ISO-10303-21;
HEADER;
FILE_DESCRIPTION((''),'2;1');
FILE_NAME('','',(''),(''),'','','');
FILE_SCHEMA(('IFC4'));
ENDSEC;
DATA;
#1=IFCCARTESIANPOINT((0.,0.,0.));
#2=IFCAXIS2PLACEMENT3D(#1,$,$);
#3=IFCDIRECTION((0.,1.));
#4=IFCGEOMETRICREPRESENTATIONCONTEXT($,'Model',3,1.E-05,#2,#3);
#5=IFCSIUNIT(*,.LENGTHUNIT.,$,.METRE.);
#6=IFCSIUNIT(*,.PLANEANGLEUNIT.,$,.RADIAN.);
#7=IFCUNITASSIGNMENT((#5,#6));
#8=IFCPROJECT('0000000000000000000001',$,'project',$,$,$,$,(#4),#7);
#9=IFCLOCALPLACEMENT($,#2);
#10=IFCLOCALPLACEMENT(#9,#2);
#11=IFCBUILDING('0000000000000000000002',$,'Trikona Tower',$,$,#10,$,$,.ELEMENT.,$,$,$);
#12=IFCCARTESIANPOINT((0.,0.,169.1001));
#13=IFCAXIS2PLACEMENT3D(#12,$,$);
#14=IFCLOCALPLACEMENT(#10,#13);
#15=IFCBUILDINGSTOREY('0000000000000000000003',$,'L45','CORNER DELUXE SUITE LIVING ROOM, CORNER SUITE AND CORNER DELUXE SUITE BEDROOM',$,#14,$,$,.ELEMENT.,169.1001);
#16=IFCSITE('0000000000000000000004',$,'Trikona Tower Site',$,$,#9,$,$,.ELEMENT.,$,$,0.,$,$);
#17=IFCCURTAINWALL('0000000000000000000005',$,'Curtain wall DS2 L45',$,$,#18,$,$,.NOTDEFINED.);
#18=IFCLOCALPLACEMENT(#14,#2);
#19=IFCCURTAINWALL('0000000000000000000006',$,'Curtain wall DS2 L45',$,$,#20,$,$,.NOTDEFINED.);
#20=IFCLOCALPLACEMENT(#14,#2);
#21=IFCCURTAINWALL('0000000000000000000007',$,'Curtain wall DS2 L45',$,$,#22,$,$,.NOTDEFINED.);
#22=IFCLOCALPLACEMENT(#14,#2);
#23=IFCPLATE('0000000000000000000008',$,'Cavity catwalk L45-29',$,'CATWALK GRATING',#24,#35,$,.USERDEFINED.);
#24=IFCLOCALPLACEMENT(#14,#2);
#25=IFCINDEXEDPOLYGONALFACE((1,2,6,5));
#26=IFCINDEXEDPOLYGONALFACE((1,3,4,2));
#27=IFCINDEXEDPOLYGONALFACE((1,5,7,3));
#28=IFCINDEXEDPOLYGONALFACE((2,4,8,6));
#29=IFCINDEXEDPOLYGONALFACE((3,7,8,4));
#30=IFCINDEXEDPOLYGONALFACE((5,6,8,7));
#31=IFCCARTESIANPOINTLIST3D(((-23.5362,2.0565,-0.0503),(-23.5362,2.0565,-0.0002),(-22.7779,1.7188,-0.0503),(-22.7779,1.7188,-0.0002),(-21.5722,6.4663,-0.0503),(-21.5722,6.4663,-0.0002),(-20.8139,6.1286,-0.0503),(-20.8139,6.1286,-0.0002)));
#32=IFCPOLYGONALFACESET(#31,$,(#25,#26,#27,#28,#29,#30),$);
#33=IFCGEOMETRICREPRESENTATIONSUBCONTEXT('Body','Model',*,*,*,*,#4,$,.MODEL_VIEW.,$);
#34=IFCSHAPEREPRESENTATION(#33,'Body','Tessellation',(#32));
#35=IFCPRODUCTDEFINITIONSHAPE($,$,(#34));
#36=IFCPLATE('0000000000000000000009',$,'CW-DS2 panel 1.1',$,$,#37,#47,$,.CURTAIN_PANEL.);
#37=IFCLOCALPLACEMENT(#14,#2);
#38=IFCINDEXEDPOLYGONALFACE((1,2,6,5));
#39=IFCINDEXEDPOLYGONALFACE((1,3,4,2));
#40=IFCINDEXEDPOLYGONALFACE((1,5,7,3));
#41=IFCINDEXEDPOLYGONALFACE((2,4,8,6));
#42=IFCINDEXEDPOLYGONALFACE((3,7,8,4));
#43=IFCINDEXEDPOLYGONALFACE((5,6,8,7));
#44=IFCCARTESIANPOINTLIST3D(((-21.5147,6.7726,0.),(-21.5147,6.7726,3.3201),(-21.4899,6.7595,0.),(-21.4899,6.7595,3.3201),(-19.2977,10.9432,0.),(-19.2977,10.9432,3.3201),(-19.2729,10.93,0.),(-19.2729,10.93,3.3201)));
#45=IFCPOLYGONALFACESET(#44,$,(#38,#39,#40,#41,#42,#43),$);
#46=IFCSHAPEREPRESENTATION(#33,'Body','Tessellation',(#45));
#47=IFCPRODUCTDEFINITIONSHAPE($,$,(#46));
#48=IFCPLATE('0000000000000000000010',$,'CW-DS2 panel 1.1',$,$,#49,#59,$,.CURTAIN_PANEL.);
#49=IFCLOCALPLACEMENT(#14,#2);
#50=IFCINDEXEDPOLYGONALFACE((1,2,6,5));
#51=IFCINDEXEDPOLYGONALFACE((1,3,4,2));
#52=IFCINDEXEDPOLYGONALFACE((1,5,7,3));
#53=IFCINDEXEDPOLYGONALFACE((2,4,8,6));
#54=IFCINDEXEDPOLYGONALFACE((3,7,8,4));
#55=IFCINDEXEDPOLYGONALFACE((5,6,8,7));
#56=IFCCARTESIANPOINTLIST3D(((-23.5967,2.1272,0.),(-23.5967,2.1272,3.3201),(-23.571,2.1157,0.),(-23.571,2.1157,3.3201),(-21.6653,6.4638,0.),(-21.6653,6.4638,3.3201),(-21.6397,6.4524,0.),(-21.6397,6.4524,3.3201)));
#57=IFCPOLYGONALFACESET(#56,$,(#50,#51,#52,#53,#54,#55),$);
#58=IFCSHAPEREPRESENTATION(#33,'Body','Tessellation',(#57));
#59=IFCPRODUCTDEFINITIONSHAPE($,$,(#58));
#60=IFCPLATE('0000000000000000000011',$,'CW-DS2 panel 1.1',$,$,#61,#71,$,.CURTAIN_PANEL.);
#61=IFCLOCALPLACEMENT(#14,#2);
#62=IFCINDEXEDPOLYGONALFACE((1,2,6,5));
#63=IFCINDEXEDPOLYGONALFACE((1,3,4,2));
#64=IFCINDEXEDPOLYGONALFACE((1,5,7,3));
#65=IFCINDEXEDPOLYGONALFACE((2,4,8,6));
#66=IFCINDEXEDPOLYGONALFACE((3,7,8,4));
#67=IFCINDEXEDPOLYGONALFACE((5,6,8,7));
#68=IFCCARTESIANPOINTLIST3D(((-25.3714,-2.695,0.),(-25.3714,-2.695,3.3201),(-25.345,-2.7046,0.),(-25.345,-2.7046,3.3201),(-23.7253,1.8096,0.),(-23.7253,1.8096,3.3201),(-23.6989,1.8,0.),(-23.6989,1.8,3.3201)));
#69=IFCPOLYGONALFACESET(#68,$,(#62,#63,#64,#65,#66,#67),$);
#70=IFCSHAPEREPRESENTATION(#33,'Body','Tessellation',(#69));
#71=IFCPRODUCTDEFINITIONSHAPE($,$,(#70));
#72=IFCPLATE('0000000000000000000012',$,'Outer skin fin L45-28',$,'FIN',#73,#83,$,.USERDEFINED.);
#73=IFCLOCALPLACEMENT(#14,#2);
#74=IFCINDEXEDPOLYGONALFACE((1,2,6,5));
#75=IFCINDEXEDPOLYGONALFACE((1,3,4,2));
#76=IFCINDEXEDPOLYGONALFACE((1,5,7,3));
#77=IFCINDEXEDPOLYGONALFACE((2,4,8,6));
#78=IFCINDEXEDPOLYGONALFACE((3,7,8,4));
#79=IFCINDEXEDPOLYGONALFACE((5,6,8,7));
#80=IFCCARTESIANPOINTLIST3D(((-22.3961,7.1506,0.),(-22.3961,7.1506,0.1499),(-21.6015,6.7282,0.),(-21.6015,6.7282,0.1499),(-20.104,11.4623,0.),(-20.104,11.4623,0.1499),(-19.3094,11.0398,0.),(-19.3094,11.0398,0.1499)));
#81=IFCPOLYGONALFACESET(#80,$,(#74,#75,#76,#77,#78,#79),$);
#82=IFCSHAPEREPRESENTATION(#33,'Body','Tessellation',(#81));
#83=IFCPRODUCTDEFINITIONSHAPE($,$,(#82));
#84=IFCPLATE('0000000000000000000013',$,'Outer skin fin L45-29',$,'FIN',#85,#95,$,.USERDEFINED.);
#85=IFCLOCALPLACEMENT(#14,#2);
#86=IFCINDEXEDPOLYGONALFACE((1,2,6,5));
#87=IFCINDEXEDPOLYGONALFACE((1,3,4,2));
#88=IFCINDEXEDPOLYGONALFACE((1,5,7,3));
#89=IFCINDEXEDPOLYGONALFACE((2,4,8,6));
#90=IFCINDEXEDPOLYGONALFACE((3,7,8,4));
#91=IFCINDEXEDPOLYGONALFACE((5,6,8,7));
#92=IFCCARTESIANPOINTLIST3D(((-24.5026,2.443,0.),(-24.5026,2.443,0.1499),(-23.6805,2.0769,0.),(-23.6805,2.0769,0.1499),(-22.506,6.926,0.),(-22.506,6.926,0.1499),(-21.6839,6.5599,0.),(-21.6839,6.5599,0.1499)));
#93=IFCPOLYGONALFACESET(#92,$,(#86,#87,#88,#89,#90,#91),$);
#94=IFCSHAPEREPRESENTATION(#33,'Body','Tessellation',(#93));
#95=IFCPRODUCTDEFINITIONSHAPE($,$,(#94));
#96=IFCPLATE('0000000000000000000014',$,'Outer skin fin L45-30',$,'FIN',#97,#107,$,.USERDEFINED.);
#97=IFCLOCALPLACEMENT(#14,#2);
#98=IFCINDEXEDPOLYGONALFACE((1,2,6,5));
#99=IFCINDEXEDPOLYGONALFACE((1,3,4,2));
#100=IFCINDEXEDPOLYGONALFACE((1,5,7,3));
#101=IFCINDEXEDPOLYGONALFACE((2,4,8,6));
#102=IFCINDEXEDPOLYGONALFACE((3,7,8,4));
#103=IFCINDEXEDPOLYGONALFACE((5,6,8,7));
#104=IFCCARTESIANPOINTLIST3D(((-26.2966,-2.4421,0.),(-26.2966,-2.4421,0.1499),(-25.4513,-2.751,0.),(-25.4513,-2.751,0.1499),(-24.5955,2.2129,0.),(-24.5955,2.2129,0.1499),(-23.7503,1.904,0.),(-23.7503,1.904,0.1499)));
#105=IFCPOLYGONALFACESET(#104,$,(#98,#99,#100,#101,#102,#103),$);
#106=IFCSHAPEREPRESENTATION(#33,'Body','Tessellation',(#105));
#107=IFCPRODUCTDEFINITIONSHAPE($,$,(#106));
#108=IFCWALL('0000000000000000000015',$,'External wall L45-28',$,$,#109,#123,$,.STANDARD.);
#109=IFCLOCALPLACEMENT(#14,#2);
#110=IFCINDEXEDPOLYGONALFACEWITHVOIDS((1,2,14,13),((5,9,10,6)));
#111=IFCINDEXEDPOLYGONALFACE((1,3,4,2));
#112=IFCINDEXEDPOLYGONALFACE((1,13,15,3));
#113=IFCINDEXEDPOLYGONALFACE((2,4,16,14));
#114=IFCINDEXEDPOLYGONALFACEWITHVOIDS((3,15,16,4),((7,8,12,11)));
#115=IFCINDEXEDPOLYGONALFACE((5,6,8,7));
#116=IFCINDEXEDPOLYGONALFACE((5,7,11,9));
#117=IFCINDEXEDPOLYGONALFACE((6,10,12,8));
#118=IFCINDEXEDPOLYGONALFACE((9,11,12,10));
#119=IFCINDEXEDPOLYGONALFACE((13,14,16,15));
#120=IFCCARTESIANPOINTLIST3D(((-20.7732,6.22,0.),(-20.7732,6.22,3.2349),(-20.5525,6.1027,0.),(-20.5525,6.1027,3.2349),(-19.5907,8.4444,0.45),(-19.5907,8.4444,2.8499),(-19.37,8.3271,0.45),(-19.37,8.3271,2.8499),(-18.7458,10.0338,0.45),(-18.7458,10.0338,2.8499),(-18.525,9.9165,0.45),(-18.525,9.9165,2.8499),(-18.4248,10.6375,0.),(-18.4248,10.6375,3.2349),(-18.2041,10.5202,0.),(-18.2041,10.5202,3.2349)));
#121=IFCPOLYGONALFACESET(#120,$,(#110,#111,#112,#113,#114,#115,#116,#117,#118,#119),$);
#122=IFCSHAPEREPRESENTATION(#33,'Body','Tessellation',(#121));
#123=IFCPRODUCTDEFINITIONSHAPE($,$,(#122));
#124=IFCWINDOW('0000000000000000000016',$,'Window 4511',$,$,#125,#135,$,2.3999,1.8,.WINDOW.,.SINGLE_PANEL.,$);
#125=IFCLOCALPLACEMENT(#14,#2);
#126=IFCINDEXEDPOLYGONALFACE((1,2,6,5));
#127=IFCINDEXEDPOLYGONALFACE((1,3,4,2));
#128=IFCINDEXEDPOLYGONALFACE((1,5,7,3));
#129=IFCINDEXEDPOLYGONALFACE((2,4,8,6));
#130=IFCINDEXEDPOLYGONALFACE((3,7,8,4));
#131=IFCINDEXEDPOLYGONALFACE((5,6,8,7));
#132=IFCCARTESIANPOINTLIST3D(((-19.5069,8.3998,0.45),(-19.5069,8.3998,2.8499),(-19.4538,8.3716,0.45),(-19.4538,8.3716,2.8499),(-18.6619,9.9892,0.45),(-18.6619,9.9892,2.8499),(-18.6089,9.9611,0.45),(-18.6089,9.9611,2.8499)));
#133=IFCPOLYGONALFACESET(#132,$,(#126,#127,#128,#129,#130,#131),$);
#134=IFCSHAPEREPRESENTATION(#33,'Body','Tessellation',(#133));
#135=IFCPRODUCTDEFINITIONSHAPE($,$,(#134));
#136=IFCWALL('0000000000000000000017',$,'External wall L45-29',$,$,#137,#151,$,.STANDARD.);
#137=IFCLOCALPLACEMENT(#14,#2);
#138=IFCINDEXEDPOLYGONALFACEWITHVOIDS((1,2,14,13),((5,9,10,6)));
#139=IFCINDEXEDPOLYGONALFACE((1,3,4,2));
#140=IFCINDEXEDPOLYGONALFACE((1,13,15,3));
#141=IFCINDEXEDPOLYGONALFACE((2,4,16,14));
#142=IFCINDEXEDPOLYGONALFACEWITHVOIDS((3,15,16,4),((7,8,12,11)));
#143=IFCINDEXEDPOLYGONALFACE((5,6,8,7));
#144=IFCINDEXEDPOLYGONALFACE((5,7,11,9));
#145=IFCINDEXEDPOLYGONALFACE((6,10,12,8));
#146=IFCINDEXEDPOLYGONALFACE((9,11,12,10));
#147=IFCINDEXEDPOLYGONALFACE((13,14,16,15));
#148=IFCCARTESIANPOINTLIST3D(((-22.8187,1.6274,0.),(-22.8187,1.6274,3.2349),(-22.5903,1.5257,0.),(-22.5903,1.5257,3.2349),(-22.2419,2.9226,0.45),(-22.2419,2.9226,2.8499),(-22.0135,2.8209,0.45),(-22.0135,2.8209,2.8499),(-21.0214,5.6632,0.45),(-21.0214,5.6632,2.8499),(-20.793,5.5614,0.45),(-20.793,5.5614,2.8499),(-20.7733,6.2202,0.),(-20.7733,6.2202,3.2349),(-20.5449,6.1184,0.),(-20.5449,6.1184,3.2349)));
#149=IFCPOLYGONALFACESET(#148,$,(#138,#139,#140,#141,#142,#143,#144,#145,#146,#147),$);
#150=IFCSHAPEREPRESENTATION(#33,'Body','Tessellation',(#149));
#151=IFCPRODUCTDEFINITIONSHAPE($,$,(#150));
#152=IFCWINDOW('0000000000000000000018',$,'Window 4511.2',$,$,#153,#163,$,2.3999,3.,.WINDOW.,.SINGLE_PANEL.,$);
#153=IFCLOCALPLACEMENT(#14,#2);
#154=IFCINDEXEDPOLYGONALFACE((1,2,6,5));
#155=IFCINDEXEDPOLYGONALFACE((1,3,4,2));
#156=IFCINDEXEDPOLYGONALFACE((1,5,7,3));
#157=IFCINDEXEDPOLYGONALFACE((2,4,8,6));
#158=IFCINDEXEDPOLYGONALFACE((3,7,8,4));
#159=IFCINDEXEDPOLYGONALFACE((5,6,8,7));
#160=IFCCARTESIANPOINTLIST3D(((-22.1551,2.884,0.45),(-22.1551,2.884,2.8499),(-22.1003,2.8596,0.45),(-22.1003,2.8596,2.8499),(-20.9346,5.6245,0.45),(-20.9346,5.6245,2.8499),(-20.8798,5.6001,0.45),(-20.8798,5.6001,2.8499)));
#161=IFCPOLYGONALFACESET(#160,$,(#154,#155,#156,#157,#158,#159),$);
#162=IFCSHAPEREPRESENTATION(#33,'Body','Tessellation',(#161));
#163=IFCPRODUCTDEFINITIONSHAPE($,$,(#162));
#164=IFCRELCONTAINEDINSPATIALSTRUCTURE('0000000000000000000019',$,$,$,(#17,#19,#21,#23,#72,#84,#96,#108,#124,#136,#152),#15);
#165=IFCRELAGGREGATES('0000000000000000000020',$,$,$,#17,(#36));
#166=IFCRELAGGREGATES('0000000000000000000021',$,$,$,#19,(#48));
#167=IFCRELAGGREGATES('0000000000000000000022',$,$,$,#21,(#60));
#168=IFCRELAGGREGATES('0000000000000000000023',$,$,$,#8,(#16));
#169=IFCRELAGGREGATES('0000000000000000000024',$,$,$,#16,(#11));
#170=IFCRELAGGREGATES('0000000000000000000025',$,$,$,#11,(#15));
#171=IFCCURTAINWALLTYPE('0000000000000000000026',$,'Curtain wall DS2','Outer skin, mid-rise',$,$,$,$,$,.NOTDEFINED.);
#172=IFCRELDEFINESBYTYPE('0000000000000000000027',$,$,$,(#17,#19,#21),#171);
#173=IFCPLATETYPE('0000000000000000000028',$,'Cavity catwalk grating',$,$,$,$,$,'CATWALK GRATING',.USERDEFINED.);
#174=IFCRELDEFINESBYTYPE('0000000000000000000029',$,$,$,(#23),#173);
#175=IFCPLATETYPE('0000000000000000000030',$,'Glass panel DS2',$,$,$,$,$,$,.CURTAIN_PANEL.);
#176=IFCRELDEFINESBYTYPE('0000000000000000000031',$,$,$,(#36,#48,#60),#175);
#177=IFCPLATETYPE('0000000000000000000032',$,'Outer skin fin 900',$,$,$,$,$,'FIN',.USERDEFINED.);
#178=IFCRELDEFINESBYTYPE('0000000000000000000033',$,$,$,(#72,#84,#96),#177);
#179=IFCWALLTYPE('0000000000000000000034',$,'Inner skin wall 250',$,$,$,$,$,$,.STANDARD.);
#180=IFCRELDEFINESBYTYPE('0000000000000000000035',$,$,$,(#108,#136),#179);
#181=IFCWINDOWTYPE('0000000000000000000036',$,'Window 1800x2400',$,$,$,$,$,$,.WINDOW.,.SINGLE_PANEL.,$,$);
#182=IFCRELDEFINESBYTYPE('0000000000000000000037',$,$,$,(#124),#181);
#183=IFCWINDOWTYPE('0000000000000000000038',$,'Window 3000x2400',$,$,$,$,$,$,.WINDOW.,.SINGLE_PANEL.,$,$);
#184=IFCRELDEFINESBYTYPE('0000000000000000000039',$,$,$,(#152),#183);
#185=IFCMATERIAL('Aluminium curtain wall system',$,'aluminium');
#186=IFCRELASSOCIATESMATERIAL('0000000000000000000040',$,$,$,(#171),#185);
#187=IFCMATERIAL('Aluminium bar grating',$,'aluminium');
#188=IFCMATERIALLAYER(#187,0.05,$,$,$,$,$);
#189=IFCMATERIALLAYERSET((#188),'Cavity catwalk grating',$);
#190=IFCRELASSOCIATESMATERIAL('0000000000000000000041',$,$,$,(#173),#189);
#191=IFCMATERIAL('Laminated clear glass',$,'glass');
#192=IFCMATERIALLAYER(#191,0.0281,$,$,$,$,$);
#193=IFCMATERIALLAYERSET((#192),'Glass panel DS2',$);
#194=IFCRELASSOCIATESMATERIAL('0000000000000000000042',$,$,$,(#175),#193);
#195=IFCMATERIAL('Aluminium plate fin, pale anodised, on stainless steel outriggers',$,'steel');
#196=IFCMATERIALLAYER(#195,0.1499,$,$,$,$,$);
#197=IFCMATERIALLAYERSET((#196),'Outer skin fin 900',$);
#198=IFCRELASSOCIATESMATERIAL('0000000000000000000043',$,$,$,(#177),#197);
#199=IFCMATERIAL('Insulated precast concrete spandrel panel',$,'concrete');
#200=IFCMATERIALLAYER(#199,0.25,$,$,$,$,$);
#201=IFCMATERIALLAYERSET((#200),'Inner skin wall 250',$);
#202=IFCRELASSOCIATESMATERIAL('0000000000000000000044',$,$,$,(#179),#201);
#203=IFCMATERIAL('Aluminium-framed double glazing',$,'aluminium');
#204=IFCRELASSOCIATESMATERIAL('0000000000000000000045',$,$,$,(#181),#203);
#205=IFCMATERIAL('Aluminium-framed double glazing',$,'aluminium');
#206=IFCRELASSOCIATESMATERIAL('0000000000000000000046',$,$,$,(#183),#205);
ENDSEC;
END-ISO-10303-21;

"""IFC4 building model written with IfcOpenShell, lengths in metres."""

from ifc_helpers import new_model, si_unit, direction, frame, frame_2d, origin, origin_2d, place, context, subcontext, project, spatial, rectangle, extrude, material, layer, layer_set, type_object, element, fill, aggregate, save


model = new_model("IFC4")

# Units and contexts
model_context = context("Model", 3, precision=1e-05, world=origin(), true_north=direction((0.0, 1.0)))
body_context = subcontext(model_context, "Body", "Model", "MODEL_VIEW")
ifc_project = project(units=[si_unit("LENGTHUNIT", "METRE"), si_unit("PLANEANGLEUNIT", "RADIAN")], contexts=[model_context])

# Site, building, storey
site_placement = place(None, origin())
site = spatial("IfcSite", under=ifc_project, at=site_placement, Name="Trikona Tower Site", CompositionType="ELEMENT", RefElevation=0.0)
building_placement = place(site_placement, origin())
building = spatial("IfcBuilding", under=site, at=building_placement, Name="Trikona Tower", CompositionType="ELEMENT")
storey_placement = place(building_placement, frame((0.0, 0.0, 169.1001)))
storey = spatial("IfcBuildingStorey", under=building, at=storey_placement, Name="L45", Description="CORNER DELUXE SUITE LIVING ROOM, CORNER SUITE AND CORNER DELUXE SUITE BEDROOM", CompositionType="ELEMENT", Elevation=169.1001)

# Shared definitions
ifc_material_1 = material(Name="Aluminium curtain wall system", Category="aluminium")
curtain_wall_type = type_object("IfcCurtainWallType", Name="Curtain wall DS2", Description="Outer skin, mid-rise", PredefinedType="NOTDEFINED", material=ifc_material_1)

# Curtain walls
curtain_wall_1_placement = place(storey_placement, origin())
curtain_wall_1 = element("IfcCurtainWall", 1, at=curtain_wall_1_placement, inside=storey, type_object=curtain_wall_type, Name="Curtain wall DS2 L45", PredefinedType="NOTDEFINED")
curtain_wall_2_placement = place(storey_placement, origin())
curtain_wall_2 = element("IfcCurtainWall", 2, at=curtain_wall_2_placement, inside=storey, type_object=curtain_wall_type, Name="Curtain wall DS2 L45", PredefinedType="NOTDEFINED")

# Curtain wall
curtain_wall_3_placement = place(storey_placement, origin())
curtain_wall_3 = element("IfcCurtainWall", 3, at=curtain_wall_3_placement, inside=storey, type_object=curtain_wall_type, Name="Curtain wall DS2 L45", PredefinedType="NOTDEFINED")

# Plate
ifc_material_2 = material(Name="Aluminium bar grating", Category="aluminium")
ifc_layer_1 = layer(ifc_material_2, 0.05)
ifc_layer_set_1 = layer_set([ifc_layer_1], Name="Cavity catwalk grating")
plate_type_1 = type_object("IfcPlateType", Name="Cavity catwalk grating", ElementType="CATWALK GRATING", PredefinedType="USERDEFINED", material=ifc_layer_set_1)
plate_1_placement = place(storey_placement, frame((-22.175, 4.0925, -0.0503), z_axis=(0.0, 0.0, 1.0), x_axis=(-0.406843, -0.913498, 0.0)))
element("IfcPlate", 4, at=plate_1_placement, inside=storey, type_object=plate_type_1, Name="Cavity catwalk L45-29", ObjectType="CATWALK GRATING", PredefinedType="USERDEFINED", context=body_context, shape_type="SweptSolid", body=[
    extrude(rectangle(XDim=4.8274, YDim=0.8301, at=origin_2d()), origin(), (0.0, 0.0, 1.0), 0.05),
])

# Plates
ifc_material_3 = material(Name="Laminated clear glass", Category="glass")
ifc_layer_2 = layer(ifc_material_3, 0.0281)
ifc_layer_set_2 = layer_set([ifc_layer_2], Name="Glass panel DS2")
plate_type_2 = type_object("IfcPlateType", Name="Glass panel DS2", PredefinedType="CURTAIN_PANEL", material=ifc_layer_set_2)
plate_2_placement = place(storey_placement, frame((-20.3938, 8.8513, 0.0), z_axis=(0.0, 0.0, 1.0), x_axis=(-0.46938, -0.882996, 0.0)))
plate_2 = element("IfcPlate", 5, at=plate_2_placement, type_object=plate_type_2, Name="CW-DS2 panel 1.1", PredefinedType="CURTAIN_PANEL", context=body_context, shape_type="SweptSolid", body=[
    extrude(rectangle(XDim=4.7231, YDim=0.0281, at=origin_2d()), origin(), (0.0, 0.0, 1.0), 3.3201),
])
aggregate(curtain_wall_1, [plate_2])
plate_3_placement = place(storey_placement, frame((-22.6182, 4.2898, 0.0), z_axis=(0.0, 0.0, 1.0), x_axis=(-0.406836, -0.913501, 0.0)))
plate_3 = element("IfcPlate", 6, at=plate_3_placement, type_object=plate_type_2, Name="CW-DS2 panel 1.1", PredefinedType="CURTAIN_PANEL", context=body_context, shape_type="SweptSolid", body=[
    extrude(rectangle(XDim=4.7473, YDim=0.0281, at=origin_2d()), origin(), (0.0, 0.0, 1.0), 3.3201),
])
aggregate(curtain_wall_2, [plate_3])
plate_4_placement = place(storey_placement, frame((-24.5352, -0.4475, 0.0), z_axis=(0.0, 0.0, 1.0), x_axis=(-0.343223, -0.939254, 0.0)))
plate_4 = element("IfcPlate", 7, at=plate_4_placement, type_object=plate_type_2, Name="CW-DS2 panel 1.1", PredefinedType="CURTAIN_PANEL", context=body_context, shape_type="SweptSolid", body=[
    extrude(rectangle(XDim=4.7959, YDim=0.0281, at=origin_2d()), origin(), (0.0, 0.0, 1.0), 3.3201),
])
aggregate(curtain_wall_3, [plate_4])

# Plates
ifc_material_4 = material(Name="Aluminium plate fin, pale anodised, on stainless steel outriggers", Category="steel")
ifc_layer_3 = layer(ifc_material_4, 0.1499)
ifc_layer_set_3 = layer_set([ifc_layer_3], Name="Outer skin fin 900")
plate_type_3 = type_object("IfcPlateType", Name="Outer skin fin 900", ElementType="FIN", PredefinedType="USERDEFINED", material=ifc_layer_set_3)
plate_5_placement = place(storey_placement, frame((-20.8528, 9.0952, 0.0), z_axis=(0.0, 0.0, 1.0), x_axis=(-0.469398, -0.882987, 0.0)))
element("IfcPlate", 8, at=plate_5_placement, inside=storey, type_object=plate_type_3, Name="Outer skin fin L45-28", ObjectType="FIN", PredefinedType="USERDEFINED", context=body_context, shape_type="SweptSolid", body=[
    extrude(rectangle(XDim=4.8831, YDim=0.8999, at=origin_2d()), origin(), (0.0, 0.0, 1.0), 0.1499),
])
plate_6_placement = place(storey_placement, frame((-23.0933, 4.5015, 0.0), z_axis=(0.0, 0.0, 1.0), x_axis=(-0.406843, -0.913498, 0.0)))
element("IfcPlate", 9, at=plate_6_placement, inside=storey, type_object=plate_type_3, Name="Outer skin fin L45-29", ObjectType="FIN", PredefinedType="USERDEFINED", context=body_context, shape_type="SweptSolid", body=[
    extrude(rectangle(XDim=4.9075, YDim=0.8999, at=origin_2d()), origin(), (0.0, 0.0, 1.0), 0.1499),
])
plate_7_placement = place(storey_placement, frame((-25.0234, -0.269, 0.0), z_axis=(0.0, 0.0, 1.0), x_axis=(-0.34322, -0.939255, 0.0)))
element("IfcPlate", 10, at=plate_7_placement, inside=storey, type_object=plate_type_3, Name="Outer skin fin L45-30", ObjectType="FIN", PredefinedType="USERDEFINED", context=body_context, shape_type="SweptSolid", body=[
    extrude(rectangle(XDim=4.9561, YDim=0.8999, at=origin_2d()), origin(), (0.0, 0.0, 1.0), 0.1499),
])

# Walls, openings, windows
ifc_material_5 = material(Name="Insulated precast concrete spandrel panel", Category="concrete")
ifc_layer_4 = layer(ifc_material_5, 0.25)
ifc_layer_set_4 = layer_set([ifc_layer_4], Name="Inner skin wall 250")
wall_type = type_object("IfcWallType", Name="Inner skin wall 250", PredefinedType="STANDARD", material=ifc_layer_set_4)
wall_1_placement = place(storey_placement, frame((-18.3145, 10.5789, 0.0), z_axis=(0.0, 0.0, 1.0), x_axis=(-0.469405, -0.882983, 0.0)))
wall_1 = element("IfcWall", 11, at=wall_1_placement, inside=storey, type_object=wall_type, Name="External wall L45-28", PredefinedType="STANDARD", context=body_context, shape_type="SweptSolid", body=[
    extrude(rectangle(XDim=5.0029, YDim=0.25, at=frame_2d((2.5015, 0.0))), origin(), (0.0, 0.0, 1.0), 3.2349),
])
opening_1_placement = place(wall_1_placement, frame((0.6838, 0.0, 0.45)))
opening_1 = element("IfcOpeningElement", 12, at=opening_1_placement, cuts=wall_1, PredefinedType="OPENING", context=body_context, shape_type="SweptSolid", body=[
    extrude(rectangle(XDim=1.8, YDim=2.3999, at=frame_2d((0.8999, 1.2))), frame((0.0, 0.135, 0.0), z_axis=(0.0, -1.0, 0.0), x_axis=(1.0, 0.0, 0.0)), (0.0, 0.0, 1.0), 0.27),
])
ifc_material_6 = material(Name="Aluminium-framed double glazing", Category="aluminium")
window_type_1 = type_object("IfcWindowType", Name="Window 1800x2400", PartitioningType="SINGLE_PANEL", PredefinedType="WINDOW", material=ifc_material_6)
window_1_placement = place(opening_1_placement, origin())
window_1 = element("IfcWindow", 13, at=window_1_placement, inside=storey, type_object=window_type_1, Name="Window 4511", OverallHeight=2.3999, OverallWidth=1.8, PartitioningType="SINGLE_PANEL", PredefinedType="WINDOW", context=body_context, shape_type="SweptSolid", body=[
    extrude(rectangle(XDim=1.8, YDim=2.3999, at=frame_2d((0.8999, 1.2))), frame((0.0, 0.03, 0.0), z_axis=(0.0, -1.0, 0.0), x_axis=(1.0, 0.0, 0.0)), (0.0, 0.0, 1.0), 0.0601),
])
fill(opening_1, window_1)
wall_2_placement = place(storey_placement, frame((-20.6592, 6.1692, 0.0), z_axis=(0.0, 0.0, 1.0), x_axis=(-0.406832, -0.913503, 0.0)))
wall_2 = element("IfcWall", 14, at=wall_2_placement, inside=storey, type_object=wall_type, Name="External wall L45-29", PredefinedType="STANDARD", context=body_context, shape_type="SweptSolid", body=[
    extrude(rectangle(XDim=5.0276, YDim=0.25, at=frame_2d((2.5137, 0.0))), origin(), (0.0, 0.0, 1.0), 3.2349),
])
opening_2_placement = place(wall_2_placement, frame((0.6096, 0.0, 0.45)))
opening_2 = element("IfcOpeningElement", 15, at=opening_2_placement, cuts=wall_2, PredefinedType="OPENING", context=body_context, shape_type="SweptSolid", body=[
    extrude(rectangle(XDim=3.0, YDim=2.3999, at=frame_2d((1.5, 1.2))), frame((0.0, 0.135, 0.0), z_axis=(0.0, -1.0, 0.0), x_axis=(1.0, 0.0, 0.0)), (0.0, 0.0, 1.0), 0.27),
])
ifc_material_7 = material(Name="Aluminium-framed double glazing", Category="aluminium")
window_type_2 = type_object("IfcWindowType", Name="Window 3000x2400", PartitioningType="SINGLE_PANEL", PredefinedType="WINDOW", material=ifc_material_7)
window_2_placement = place(opening_2_placement, origin())
window_2 = element("IfcWindow", 16, at=window_2_placement, inside=storey, type_object=window_type_2, Name="Window 4511.2", OverallHeight=2.3999, OverallWidth=3.0, PartitioningType="SINGLE_PANEL", PredefinedType="WINDOW", context=body_context, shape_type="SweptSolid", body=[
    extrude(rectangle(XDim=3.0, YDim=2.3999, at=frame_2d((1.5, 1.2))), frame((0.0, 0.03, 0.0), z_axis=(0.0, -1.0, 0.0), x_axis=(1.0, 0.0, 0.0)), (0.0, 0.0, 1.0), 0.0601),
])
fill(opening_2, window_2)

save(model, "model.ifc")
